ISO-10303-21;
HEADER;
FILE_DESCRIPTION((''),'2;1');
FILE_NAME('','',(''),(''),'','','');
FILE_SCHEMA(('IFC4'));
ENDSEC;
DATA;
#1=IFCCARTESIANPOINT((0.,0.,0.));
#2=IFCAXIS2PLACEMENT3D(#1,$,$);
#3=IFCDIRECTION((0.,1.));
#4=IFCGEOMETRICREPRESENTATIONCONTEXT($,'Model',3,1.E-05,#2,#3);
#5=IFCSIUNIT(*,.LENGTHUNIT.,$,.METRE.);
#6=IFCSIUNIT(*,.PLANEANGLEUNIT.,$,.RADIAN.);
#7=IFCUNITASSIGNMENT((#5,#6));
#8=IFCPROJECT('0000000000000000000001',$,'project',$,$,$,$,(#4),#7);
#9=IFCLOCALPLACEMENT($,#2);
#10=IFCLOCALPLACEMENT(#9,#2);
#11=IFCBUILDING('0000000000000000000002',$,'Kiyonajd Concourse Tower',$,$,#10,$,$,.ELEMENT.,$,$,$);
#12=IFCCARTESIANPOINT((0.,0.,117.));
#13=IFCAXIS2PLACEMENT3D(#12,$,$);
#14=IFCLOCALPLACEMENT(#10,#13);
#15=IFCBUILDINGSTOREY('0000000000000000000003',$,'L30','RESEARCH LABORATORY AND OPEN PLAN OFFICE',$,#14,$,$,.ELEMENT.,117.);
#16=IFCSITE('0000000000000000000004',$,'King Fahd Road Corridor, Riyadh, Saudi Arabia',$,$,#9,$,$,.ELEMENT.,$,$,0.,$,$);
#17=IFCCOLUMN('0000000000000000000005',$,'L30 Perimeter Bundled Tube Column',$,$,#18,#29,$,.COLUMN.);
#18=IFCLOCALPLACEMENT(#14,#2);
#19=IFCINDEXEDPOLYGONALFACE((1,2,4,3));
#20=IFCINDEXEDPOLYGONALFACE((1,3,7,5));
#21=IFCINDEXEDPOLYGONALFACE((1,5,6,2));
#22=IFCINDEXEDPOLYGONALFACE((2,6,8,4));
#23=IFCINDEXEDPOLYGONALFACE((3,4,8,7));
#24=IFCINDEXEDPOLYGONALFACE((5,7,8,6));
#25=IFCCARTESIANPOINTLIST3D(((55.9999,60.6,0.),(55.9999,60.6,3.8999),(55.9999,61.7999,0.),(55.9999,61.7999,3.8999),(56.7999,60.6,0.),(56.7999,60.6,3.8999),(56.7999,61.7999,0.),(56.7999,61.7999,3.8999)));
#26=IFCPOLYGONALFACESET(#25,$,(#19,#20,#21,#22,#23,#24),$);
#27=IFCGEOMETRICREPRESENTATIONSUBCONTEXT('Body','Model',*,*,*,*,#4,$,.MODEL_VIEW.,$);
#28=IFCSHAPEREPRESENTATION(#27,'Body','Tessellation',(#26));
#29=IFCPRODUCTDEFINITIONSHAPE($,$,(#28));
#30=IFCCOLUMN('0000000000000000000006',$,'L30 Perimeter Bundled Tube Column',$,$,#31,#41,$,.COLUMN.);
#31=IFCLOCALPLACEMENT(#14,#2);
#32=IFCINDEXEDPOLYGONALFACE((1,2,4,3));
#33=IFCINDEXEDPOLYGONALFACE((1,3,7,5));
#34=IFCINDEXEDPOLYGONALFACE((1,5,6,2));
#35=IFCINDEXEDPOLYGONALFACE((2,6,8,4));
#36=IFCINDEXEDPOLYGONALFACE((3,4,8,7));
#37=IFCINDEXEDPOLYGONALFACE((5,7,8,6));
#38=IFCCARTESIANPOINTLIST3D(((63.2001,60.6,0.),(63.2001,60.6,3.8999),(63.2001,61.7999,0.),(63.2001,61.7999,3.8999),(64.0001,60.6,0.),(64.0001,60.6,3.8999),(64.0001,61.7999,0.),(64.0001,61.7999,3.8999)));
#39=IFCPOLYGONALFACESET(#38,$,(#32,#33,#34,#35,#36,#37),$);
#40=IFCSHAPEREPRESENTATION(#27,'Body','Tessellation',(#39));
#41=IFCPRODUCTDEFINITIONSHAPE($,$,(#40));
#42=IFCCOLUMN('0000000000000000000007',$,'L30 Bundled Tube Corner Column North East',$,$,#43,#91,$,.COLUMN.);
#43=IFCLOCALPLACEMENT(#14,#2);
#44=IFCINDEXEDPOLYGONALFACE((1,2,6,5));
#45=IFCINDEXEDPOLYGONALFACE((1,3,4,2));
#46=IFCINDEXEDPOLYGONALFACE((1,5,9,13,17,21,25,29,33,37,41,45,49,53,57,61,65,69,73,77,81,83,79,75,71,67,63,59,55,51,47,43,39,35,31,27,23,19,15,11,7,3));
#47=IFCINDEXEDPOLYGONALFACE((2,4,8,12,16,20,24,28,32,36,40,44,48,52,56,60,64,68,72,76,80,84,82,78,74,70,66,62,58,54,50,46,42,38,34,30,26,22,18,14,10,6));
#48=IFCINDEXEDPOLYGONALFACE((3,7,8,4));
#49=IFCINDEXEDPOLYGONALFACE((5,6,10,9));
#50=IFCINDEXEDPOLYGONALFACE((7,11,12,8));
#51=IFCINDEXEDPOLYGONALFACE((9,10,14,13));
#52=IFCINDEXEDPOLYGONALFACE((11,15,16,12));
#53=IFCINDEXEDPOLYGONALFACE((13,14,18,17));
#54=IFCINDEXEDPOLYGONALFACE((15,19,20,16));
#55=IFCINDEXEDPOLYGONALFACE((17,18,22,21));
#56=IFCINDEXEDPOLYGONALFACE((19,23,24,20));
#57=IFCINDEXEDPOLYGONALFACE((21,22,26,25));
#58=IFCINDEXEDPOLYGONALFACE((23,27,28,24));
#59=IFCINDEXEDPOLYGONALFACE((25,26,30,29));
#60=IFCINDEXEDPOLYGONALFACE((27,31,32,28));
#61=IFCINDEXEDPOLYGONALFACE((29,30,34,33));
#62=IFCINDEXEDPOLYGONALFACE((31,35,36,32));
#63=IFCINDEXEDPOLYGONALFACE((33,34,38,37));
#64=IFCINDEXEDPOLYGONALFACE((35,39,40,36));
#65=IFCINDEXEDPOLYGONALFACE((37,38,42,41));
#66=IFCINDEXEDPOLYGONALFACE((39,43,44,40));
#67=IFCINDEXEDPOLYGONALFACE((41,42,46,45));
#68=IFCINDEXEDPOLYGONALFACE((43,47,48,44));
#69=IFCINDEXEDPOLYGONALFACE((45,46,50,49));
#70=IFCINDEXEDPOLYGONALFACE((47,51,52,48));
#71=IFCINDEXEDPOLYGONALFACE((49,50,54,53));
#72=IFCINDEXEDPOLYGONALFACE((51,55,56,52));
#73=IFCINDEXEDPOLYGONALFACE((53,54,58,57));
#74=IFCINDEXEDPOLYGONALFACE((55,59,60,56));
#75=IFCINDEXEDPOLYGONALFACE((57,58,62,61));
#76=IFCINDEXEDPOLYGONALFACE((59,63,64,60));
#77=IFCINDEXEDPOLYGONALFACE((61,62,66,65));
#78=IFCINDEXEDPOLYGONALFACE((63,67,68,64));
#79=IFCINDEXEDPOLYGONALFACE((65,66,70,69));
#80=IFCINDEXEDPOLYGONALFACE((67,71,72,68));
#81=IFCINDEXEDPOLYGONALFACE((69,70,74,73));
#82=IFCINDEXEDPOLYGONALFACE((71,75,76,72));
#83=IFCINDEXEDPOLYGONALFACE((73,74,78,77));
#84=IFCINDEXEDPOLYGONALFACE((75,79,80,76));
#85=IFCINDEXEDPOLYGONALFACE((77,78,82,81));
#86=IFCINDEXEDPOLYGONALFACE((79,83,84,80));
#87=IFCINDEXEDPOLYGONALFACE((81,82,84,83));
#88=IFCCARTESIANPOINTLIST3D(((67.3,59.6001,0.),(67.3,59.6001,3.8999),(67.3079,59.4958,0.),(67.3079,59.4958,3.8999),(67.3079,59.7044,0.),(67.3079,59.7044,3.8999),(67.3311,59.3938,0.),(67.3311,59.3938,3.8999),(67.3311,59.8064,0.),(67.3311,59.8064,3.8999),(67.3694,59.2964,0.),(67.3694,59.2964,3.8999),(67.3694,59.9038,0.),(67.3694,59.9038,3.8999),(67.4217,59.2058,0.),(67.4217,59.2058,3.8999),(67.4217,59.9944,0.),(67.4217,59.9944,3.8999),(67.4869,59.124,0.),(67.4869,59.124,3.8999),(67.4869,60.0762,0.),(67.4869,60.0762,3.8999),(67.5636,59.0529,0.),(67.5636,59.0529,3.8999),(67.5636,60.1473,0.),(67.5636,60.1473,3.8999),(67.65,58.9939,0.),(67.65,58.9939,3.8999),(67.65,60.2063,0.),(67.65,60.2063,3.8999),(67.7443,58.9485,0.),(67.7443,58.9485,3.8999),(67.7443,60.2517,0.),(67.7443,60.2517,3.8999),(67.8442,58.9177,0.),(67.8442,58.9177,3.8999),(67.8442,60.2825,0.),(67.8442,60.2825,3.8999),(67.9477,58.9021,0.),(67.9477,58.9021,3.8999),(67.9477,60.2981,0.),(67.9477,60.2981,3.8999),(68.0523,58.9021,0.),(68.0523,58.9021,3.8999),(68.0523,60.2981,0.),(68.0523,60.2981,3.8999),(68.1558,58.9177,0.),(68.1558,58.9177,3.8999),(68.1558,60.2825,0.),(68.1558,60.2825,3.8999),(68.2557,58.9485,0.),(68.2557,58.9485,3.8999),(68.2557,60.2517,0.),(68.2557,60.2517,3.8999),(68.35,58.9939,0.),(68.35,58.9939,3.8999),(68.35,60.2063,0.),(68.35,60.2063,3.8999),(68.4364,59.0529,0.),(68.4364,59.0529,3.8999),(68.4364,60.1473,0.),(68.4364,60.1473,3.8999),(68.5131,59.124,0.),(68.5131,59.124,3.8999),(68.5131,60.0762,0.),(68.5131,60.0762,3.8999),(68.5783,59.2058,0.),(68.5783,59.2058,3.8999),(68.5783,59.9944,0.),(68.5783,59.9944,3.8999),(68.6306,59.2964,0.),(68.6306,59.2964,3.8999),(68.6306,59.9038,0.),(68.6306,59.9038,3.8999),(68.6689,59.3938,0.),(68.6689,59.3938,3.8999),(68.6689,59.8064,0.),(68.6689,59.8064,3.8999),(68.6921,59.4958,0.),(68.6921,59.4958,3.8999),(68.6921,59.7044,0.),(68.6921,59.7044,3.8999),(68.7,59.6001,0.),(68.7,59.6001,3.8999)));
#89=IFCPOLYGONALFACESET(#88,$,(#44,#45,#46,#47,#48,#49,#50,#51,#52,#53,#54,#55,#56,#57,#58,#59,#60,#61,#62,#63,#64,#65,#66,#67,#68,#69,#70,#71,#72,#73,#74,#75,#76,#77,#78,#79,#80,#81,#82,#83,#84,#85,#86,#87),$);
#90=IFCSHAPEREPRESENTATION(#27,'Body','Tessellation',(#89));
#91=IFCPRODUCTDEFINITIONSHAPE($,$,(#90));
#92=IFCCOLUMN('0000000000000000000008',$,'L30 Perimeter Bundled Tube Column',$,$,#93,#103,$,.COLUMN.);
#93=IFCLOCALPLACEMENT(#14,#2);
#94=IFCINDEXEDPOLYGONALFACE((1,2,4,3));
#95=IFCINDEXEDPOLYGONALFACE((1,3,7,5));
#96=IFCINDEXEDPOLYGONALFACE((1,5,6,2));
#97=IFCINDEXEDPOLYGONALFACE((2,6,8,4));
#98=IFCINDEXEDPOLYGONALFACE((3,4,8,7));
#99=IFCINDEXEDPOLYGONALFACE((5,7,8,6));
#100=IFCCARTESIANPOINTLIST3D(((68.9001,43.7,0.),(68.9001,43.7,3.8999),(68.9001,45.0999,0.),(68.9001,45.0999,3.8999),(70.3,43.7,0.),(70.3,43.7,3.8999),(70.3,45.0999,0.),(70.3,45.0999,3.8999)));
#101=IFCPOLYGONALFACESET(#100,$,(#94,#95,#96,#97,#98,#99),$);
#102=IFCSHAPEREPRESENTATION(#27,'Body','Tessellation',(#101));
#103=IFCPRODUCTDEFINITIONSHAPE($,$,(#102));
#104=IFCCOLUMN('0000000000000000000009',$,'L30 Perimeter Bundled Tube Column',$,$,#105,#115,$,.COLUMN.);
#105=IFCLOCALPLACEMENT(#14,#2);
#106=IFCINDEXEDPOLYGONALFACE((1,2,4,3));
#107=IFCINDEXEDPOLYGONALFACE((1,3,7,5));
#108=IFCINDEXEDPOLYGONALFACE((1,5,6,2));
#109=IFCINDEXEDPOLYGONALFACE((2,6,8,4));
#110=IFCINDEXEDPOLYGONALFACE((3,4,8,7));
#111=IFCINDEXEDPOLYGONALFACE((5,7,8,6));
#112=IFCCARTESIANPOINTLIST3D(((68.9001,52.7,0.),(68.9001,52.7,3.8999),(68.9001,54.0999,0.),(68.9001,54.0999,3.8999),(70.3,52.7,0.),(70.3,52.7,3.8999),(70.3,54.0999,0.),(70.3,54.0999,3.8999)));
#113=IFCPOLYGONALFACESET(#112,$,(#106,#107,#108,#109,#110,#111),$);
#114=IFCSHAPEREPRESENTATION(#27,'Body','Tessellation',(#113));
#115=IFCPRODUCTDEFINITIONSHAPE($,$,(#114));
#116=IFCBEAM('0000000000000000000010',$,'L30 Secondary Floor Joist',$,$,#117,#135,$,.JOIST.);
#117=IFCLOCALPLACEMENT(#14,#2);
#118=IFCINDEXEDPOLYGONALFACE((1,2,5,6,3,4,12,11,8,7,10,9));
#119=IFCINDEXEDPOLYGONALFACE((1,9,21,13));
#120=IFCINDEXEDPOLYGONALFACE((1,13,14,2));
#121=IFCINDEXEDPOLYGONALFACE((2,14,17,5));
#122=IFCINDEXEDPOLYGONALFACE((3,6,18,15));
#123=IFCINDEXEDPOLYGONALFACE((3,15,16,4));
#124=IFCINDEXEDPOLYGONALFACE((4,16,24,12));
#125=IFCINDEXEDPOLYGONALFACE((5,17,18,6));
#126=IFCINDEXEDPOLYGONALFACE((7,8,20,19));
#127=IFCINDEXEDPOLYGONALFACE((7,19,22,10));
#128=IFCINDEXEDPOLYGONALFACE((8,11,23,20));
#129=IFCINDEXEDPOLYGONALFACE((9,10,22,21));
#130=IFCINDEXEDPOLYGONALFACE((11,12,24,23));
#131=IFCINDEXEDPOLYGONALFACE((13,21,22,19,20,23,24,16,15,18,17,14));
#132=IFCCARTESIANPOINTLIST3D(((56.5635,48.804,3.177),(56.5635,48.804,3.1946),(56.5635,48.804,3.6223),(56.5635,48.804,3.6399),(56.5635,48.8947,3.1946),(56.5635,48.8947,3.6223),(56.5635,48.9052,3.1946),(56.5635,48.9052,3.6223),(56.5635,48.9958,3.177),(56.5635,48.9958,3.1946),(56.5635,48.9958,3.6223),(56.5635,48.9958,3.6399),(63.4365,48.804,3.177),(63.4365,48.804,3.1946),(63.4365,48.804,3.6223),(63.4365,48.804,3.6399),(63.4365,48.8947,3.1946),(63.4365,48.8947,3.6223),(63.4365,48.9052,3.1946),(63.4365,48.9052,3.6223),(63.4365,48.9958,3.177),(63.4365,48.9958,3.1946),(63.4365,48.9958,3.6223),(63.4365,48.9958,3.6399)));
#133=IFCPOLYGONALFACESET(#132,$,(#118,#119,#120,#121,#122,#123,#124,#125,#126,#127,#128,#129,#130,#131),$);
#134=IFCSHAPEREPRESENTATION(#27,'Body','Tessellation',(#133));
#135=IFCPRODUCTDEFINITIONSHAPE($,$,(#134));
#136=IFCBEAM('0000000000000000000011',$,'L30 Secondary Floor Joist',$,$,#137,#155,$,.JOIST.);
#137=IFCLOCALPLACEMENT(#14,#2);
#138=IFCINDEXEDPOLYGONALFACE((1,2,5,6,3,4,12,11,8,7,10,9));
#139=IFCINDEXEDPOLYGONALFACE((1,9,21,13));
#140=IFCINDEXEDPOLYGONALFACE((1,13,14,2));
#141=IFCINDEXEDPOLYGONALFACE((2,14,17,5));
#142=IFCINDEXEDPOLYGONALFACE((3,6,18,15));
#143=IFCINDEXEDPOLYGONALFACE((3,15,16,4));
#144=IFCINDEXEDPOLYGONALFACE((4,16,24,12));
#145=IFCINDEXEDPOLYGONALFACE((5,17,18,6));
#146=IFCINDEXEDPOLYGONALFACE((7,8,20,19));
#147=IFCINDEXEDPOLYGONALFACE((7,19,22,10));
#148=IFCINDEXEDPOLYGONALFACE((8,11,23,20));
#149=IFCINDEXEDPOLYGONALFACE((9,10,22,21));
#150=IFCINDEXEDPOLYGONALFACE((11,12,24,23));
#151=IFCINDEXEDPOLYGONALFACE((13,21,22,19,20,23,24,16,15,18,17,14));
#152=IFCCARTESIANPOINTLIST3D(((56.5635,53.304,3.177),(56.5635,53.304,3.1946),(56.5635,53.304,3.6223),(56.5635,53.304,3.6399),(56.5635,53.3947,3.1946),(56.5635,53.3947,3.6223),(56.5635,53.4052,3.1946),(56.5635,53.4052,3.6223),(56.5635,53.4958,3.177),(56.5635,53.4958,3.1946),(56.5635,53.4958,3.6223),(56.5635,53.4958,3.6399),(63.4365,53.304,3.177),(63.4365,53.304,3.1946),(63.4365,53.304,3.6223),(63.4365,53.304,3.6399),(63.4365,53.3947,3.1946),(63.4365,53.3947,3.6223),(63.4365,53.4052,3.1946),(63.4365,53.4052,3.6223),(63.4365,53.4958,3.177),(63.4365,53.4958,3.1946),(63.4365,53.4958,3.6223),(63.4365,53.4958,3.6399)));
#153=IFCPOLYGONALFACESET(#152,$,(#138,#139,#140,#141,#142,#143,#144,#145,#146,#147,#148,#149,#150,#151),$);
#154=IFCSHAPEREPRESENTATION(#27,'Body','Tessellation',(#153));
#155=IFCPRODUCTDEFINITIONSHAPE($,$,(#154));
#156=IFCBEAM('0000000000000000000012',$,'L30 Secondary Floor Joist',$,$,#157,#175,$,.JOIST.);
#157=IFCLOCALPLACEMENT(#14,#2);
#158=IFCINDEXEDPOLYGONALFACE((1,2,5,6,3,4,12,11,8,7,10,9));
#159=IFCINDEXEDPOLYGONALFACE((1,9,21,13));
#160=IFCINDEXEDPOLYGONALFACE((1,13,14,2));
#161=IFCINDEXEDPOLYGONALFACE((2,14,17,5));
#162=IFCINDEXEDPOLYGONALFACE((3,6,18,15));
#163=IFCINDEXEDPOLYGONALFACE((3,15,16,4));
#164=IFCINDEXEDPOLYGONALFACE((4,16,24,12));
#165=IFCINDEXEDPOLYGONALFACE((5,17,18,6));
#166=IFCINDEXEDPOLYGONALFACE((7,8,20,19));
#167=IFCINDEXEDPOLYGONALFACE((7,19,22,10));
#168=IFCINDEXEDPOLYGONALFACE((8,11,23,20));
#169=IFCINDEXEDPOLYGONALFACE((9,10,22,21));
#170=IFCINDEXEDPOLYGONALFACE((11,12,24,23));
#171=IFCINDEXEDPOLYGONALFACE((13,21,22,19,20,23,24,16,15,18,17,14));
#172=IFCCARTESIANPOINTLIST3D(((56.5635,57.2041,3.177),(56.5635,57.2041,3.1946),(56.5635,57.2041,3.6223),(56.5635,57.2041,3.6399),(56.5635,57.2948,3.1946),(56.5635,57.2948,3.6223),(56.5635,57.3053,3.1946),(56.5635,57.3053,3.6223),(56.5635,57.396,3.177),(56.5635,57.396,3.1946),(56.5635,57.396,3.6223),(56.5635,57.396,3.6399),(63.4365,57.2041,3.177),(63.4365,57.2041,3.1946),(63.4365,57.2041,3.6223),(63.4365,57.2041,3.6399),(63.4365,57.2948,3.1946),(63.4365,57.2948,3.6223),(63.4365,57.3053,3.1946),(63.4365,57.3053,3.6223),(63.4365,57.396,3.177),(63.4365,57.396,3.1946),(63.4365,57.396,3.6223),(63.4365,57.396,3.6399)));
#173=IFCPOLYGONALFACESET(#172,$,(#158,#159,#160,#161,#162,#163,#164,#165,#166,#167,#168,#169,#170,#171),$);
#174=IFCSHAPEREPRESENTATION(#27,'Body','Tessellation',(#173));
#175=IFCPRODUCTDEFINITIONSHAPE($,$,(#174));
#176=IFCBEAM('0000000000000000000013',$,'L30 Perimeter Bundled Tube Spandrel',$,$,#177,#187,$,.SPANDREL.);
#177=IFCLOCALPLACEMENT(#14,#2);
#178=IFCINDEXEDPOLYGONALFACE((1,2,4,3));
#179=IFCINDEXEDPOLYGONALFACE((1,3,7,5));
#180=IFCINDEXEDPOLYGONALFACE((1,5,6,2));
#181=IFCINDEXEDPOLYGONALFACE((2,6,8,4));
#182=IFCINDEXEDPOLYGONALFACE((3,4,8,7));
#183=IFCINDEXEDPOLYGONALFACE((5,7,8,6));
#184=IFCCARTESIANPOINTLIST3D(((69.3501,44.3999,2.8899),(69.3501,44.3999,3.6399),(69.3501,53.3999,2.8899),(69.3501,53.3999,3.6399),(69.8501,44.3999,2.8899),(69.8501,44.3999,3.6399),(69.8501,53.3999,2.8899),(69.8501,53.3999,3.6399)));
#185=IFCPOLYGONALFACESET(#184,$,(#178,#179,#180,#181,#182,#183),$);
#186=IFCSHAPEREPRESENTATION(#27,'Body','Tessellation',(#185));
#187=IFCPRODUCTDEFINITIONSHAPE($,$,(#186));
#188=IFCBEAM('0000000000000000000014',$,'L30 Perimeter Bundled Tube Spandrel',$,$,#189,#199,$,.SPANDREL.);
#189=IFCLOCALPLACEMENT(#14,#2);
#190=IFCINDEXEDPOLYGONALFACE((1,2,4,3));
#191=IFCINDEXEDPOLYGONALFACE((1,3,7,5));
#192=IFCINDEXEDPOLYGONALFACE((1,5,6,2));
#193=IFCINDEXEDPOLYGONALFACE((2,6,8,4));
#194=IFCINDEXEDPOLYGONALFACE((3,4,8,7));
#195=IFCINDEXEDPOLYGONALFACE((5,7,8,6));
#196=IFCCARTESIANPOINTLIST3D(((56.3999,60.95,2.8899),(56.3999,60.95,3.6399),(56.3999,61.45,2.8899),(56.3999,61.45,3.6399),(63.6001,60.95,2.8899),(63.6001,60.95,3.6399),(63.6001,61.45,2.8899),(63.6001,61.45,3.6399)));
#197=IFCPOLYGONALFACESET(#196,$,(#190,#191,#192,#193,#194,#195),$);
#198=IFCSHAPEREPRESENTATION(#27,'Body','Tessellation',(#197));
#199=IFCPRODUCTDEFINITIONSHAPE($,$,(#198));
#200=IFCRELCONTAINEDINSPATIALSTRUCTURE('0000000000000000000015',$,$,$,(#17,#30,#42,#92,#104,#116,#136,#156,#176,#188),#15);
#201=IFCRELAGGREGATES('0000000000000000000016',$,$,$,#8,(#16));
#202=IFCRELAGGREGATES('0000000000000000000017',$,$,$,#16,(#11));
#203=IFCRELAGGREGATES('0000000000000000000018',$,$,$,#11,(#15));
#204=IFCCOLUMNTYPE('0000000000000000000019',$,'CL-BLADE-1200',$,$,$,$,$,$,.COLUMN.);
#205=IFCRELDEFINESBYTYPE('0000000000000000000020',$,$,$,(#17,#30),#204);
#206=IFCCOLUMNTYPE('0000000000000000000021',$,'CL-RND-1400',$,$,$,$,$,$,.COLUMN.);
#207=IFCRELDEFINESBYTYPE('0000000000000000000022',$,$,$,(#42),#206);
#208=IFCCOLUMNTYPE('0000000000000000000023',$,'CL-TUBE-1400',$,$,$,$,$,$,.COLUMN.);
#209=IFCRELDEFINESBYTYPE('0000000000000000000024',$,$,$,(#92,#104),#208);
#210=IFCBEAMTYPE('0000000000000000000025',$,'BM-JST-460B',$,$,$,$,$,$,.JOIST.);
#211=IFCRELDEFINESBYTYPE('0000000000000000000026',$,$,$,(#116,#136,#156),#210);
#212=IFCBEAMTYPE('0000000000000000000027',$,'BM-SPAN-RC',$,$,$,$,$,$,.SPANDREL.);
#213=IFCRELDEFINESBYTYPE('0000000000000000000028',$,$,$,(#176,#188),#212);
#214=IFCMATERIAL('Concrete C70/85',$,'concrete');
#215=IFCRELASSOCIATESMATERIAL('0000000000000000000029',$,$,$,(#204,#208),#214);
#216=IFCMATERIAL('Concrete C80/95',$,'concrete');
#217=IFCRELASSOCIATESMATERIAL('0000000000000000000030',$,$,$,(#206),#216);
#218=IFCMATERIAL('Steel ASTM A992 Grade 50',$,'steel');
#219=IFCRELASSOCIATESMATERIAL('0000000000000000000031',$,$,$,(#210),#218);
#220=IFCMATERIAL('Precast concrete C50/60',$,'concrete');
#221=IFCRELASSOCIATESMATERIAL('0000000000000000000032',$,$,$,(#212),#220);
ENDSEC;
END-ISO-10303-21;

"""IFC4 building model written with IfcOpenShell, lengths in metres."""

from ifc_helpers import new_model, si_unit, direction, frame, origin, origin_2d, place, context, subcontext, project, spatial, rectangle, circle, i_section, extrude, material, material_profile, profile_set, type_object, element, save


model = new_model("IFC4")

# Units and contexts
model_context = context("Model", 3, precision=1e-05, world=origin(), true_north=direction((0.0, 1.0)))
body_context = subcontext(model_context, "Body", "Model", "MODEL_VIEW")
ifc_project = project(units=[si_unit("LENGTHUNIT", "METRE"), si_unit("PLANEANGLEUNIT", "RADIAN")], contexts=[model_context])

# Site, building, storey
site_placement = place(None, origin())
site = spatial("IfcSite", under=ifc_project, at=site_placement, Name="King Fahd Road Corridor, Riyadh, Saudi Arabia", CompositionType="ELEMENT", RefElevation=0.0)
building_placement = place(site_placement, origin())
building = spatial("IfcBuilding", under=site, at=building_placement, Name="Kiyonajd Concourse Tower", CompositionType="ELEMENT")
storey_placement = place(building_placement, frame((0.0, 0.0, 117.0)))
storey = spatial("IfcBuildingStorey", under=building, at=storey_placement, Name="L30", Description="RESEARCH LABORATORY AND OPEN PLAN OFFICE", CompositionType="ELEMENT", Elevation=117.0)

# Columns
ifc_material_1 = material(Name="Concrete C70/85", Category="concrete")
ifc_material_profile_1 = material_profile(ifc_material_1, rectangle(XDim=0.8, YDim=1.2, at=origin_2d()), Name="RC-1200x800")
ifc_profile_set_1 = profile_set([ifc_material_profile_1], Name="Concrete C70/85")
column_type_1 = type_object("IfcColumnType", Name="CL-BLADE-1200", PredefinedType="COLUMN", material=ifc_profile_set_1)
for number, where, z_axis, x_axis, name in (
    (1, (56.3999, 61.2, 0.0), (0.0, 0.0, 1.0), (1.0, 0.0, 0.0), "L30 Perimeter Bundled Tube Column"),
    (2, (63.6001, 61.2, 0.0), (0.0, 0.0, 1.0), (1.0, 0.0, 0.0), "L30 Perimeter Bundled Tube Column"),
):
    element("IfcColumn", number, at=place(storey_placement, frame(where, z_axis=z_axis, x_axis=x_axis)), inside=storey, type_object=column_type_1, Name=name, PredefinedType="COLUMN", context=body_context, shape_type="SweptSolid", body=[
        extrude(rectangle(XDim=0.8, YDim=1.2, at=origin_2d()), origin(), (0.0, 0.0, 1.0), 3.8999),
    ])
ifc_material_2 = material(Name="Concrete C80/95", Category="concrete")
ifc_material_profile_2 = material_profile(ifc_material_2, circle(Radius=0.7, at=origin_2d()), Name="RCC-D1400")
ifc_profile_set_2 = profile_set([ifc_material_profile_2], Name="Concrete C80/95")
column_type_2 = type_object("IfcColumnType", Name="CL-RND-1400", PredefinedType="COLUMN", material=ifc_profile_set_2)
column_placement = place(storey_placement, frame((68.0, 59.6001, 0.0), z_axis=(0.0, 0.0, 1.0), x_axis=(1.0, 0.0, 0.0)))
element("IfcColumn", 3, at=column_placement, inside=storey, type_object=column_type_2, Name="L30 Bundled Tube Corner Column North East", PredefinedType="COLUMN", context=body_context, shape_type="SweptSolid", body=[
    extrude(circle(Radius=0.7, at=origin_2d()), origin(), (0.0, 0.0, 1.0), 3.8999),
])
ifc_material_profile_3 = material_profile(ifc_material_1, rectangle(XDim=1.3999, YDim=1.3999, at=origin_2d()), Name="RC-1400x1400")
ifc_profile_set_3 = profile_set([ifc_material_profile_3], Name="Concrete C70/85")
column_type_3 = type_object("IfcColumnType", Name="CL-TUBE-1400", PredefinedType="COLUMN", material=ifc_profile_set_3)
for number, where, z_axis, x_axis, name in (
    (4, (69.6001, 44.3999, 0.0), (0.0, 0.0, 1.0), (1.0, 0.0, 0.0), "L30 Perimeter Bundled Tube Column"),
    (5, (69.6001, 53.3999, 0.0), (0.0, 0.0, 1.0), (1.0, 0.0, 0.0), "L30 Perimeter Bundled Tube Column"),
):
    element("IfcColumn", number, at=place(storey_placement, frame(where, z_axis=z_axis, x_axis=x_axis)), inside=storey, type_object=column_type_3, Name=name, PredefinedType="COLUMN", context=body_context, shape_type="SweptSolid", body=[
        extrude(rectangle(XDim=1.3999, YDim=1.3999, at=origin_2d()), origin(), (0.0, 0.0, 1.0), 3.8999),
    ])

# Beams
ifc_material_3 = material(Name="Steel ASTM A992 Grade 50", Category="steel")
ifc_material_profile_4 = material_profile(ifc_material_3, i_section(OverallWidth=0.1919, OverallDepth=0.4629, WebThickness=0.0105, FlangeThickness=0.0176, at=origin_2d()), Name="W460X89")
ifc_profile_set_4 = profile_set([ifc_material_profile_4], Name="Steel ASTM A992 Grade 50")
beam_type_1 = type_object("IfcBeamType", Name="BM-JST-460B", PredefinedType="JOIST", material=ifc_profile_set_4)
for number, where, z_axis, x_axis, name in (
    (6, (56.5635, 48.8999, 3.4084), (1.0, 0.0, 0.0), (0.0, 1.0, 0.0), "L30 Secondary Floor Joist"),
    (7, (56.5635, 53.3999, 3.4084), (1.0, 0.0, 0.0), (0.0, 1.0, 0.0), "L30 Secondary Floor Joist"),
    (8, (56.5635, 57.3, 3.4084), (1.0, 0.0, 0.0), (0.0, 1.0, 0.0), "L30 Secondary Floor Joist"),
):
    element("IfcBeam", number, at=place(storey_placement, frame(where, z_axis=z_axis, x_axis=x_axis)), inside=storey, type_object=beam_type_1, Name=name, PredefinedType="JOIST", context=body_context, shape_type="SweptSolid", body=[
        extrude(i_section(OverallWidth=0.1919, OverallDepth=0.4629, WebThickness=0.0105, FlangeThickness=0.0176, at=origin_2d()), origin(), (0.0, 0.0, 1.0), 6.873),
    ])
ifc_material_4 = material(Name="Precast concrete C50/60", Category="concrete")
ifc_material_profile_5 = material_profile(ifc_material_4, rectangle(XDim=0.5, YDim=0.75, at=origin_2d()), Name="RCBM-500x750")
ifc_profile_set_5 = profile_set([ifc_material_profile_5], Name="Precast concrete C50/60")
beam_type_2 = type_object("IfcBeamType", Name="BM-SPAN-RC", PredefinedType="SPANDREL", material=ifc_profile_set_5)
beam_1_placement = place(storey_placement, frame((69.6001, 44.3999, 3.2649), z_axis=(0.0, 1.0, 0.0), x_axis=(-1.0, 0.0, 0.0)))
element("IfcBeam", 9, at=beam_1_placement, inside=storey, type_object=beam_type_2, Name="L30 Perimeter Bundled Tube Spandrel", PredefinedType="SPANDREL", context=body_context, shape_type="SweptSolid", body=[
    extrude(rectangle(XDim=0.5, YDim=0.75, at=origin_2d()), origin(), (0.0, 0.0, 1.0), 9.0),
])
beam_2_placement = place(storey_placement, frame((63.6001, 61.2, 3.2649), z_axis=(-1.0, 0.0, 0.0), x_axis=(0.0, -1.0, 0.0)))
element("IfcBeam", 10, at=beam_2_placement, inside=storey, type_object=beam_type_2, Name="L30 Perimeter Bundled Tube Spandrel", PredefinedType="SPANDREL", context=body_context, shape_type="SweptSolid", body=[
    extrude(rectangle(XDim=0.5, YDim=0.75, at=origin_2d()), origin(), (0.0, 0.0, 1.0), 7.2002),
])

save(model, "model.ifc")
